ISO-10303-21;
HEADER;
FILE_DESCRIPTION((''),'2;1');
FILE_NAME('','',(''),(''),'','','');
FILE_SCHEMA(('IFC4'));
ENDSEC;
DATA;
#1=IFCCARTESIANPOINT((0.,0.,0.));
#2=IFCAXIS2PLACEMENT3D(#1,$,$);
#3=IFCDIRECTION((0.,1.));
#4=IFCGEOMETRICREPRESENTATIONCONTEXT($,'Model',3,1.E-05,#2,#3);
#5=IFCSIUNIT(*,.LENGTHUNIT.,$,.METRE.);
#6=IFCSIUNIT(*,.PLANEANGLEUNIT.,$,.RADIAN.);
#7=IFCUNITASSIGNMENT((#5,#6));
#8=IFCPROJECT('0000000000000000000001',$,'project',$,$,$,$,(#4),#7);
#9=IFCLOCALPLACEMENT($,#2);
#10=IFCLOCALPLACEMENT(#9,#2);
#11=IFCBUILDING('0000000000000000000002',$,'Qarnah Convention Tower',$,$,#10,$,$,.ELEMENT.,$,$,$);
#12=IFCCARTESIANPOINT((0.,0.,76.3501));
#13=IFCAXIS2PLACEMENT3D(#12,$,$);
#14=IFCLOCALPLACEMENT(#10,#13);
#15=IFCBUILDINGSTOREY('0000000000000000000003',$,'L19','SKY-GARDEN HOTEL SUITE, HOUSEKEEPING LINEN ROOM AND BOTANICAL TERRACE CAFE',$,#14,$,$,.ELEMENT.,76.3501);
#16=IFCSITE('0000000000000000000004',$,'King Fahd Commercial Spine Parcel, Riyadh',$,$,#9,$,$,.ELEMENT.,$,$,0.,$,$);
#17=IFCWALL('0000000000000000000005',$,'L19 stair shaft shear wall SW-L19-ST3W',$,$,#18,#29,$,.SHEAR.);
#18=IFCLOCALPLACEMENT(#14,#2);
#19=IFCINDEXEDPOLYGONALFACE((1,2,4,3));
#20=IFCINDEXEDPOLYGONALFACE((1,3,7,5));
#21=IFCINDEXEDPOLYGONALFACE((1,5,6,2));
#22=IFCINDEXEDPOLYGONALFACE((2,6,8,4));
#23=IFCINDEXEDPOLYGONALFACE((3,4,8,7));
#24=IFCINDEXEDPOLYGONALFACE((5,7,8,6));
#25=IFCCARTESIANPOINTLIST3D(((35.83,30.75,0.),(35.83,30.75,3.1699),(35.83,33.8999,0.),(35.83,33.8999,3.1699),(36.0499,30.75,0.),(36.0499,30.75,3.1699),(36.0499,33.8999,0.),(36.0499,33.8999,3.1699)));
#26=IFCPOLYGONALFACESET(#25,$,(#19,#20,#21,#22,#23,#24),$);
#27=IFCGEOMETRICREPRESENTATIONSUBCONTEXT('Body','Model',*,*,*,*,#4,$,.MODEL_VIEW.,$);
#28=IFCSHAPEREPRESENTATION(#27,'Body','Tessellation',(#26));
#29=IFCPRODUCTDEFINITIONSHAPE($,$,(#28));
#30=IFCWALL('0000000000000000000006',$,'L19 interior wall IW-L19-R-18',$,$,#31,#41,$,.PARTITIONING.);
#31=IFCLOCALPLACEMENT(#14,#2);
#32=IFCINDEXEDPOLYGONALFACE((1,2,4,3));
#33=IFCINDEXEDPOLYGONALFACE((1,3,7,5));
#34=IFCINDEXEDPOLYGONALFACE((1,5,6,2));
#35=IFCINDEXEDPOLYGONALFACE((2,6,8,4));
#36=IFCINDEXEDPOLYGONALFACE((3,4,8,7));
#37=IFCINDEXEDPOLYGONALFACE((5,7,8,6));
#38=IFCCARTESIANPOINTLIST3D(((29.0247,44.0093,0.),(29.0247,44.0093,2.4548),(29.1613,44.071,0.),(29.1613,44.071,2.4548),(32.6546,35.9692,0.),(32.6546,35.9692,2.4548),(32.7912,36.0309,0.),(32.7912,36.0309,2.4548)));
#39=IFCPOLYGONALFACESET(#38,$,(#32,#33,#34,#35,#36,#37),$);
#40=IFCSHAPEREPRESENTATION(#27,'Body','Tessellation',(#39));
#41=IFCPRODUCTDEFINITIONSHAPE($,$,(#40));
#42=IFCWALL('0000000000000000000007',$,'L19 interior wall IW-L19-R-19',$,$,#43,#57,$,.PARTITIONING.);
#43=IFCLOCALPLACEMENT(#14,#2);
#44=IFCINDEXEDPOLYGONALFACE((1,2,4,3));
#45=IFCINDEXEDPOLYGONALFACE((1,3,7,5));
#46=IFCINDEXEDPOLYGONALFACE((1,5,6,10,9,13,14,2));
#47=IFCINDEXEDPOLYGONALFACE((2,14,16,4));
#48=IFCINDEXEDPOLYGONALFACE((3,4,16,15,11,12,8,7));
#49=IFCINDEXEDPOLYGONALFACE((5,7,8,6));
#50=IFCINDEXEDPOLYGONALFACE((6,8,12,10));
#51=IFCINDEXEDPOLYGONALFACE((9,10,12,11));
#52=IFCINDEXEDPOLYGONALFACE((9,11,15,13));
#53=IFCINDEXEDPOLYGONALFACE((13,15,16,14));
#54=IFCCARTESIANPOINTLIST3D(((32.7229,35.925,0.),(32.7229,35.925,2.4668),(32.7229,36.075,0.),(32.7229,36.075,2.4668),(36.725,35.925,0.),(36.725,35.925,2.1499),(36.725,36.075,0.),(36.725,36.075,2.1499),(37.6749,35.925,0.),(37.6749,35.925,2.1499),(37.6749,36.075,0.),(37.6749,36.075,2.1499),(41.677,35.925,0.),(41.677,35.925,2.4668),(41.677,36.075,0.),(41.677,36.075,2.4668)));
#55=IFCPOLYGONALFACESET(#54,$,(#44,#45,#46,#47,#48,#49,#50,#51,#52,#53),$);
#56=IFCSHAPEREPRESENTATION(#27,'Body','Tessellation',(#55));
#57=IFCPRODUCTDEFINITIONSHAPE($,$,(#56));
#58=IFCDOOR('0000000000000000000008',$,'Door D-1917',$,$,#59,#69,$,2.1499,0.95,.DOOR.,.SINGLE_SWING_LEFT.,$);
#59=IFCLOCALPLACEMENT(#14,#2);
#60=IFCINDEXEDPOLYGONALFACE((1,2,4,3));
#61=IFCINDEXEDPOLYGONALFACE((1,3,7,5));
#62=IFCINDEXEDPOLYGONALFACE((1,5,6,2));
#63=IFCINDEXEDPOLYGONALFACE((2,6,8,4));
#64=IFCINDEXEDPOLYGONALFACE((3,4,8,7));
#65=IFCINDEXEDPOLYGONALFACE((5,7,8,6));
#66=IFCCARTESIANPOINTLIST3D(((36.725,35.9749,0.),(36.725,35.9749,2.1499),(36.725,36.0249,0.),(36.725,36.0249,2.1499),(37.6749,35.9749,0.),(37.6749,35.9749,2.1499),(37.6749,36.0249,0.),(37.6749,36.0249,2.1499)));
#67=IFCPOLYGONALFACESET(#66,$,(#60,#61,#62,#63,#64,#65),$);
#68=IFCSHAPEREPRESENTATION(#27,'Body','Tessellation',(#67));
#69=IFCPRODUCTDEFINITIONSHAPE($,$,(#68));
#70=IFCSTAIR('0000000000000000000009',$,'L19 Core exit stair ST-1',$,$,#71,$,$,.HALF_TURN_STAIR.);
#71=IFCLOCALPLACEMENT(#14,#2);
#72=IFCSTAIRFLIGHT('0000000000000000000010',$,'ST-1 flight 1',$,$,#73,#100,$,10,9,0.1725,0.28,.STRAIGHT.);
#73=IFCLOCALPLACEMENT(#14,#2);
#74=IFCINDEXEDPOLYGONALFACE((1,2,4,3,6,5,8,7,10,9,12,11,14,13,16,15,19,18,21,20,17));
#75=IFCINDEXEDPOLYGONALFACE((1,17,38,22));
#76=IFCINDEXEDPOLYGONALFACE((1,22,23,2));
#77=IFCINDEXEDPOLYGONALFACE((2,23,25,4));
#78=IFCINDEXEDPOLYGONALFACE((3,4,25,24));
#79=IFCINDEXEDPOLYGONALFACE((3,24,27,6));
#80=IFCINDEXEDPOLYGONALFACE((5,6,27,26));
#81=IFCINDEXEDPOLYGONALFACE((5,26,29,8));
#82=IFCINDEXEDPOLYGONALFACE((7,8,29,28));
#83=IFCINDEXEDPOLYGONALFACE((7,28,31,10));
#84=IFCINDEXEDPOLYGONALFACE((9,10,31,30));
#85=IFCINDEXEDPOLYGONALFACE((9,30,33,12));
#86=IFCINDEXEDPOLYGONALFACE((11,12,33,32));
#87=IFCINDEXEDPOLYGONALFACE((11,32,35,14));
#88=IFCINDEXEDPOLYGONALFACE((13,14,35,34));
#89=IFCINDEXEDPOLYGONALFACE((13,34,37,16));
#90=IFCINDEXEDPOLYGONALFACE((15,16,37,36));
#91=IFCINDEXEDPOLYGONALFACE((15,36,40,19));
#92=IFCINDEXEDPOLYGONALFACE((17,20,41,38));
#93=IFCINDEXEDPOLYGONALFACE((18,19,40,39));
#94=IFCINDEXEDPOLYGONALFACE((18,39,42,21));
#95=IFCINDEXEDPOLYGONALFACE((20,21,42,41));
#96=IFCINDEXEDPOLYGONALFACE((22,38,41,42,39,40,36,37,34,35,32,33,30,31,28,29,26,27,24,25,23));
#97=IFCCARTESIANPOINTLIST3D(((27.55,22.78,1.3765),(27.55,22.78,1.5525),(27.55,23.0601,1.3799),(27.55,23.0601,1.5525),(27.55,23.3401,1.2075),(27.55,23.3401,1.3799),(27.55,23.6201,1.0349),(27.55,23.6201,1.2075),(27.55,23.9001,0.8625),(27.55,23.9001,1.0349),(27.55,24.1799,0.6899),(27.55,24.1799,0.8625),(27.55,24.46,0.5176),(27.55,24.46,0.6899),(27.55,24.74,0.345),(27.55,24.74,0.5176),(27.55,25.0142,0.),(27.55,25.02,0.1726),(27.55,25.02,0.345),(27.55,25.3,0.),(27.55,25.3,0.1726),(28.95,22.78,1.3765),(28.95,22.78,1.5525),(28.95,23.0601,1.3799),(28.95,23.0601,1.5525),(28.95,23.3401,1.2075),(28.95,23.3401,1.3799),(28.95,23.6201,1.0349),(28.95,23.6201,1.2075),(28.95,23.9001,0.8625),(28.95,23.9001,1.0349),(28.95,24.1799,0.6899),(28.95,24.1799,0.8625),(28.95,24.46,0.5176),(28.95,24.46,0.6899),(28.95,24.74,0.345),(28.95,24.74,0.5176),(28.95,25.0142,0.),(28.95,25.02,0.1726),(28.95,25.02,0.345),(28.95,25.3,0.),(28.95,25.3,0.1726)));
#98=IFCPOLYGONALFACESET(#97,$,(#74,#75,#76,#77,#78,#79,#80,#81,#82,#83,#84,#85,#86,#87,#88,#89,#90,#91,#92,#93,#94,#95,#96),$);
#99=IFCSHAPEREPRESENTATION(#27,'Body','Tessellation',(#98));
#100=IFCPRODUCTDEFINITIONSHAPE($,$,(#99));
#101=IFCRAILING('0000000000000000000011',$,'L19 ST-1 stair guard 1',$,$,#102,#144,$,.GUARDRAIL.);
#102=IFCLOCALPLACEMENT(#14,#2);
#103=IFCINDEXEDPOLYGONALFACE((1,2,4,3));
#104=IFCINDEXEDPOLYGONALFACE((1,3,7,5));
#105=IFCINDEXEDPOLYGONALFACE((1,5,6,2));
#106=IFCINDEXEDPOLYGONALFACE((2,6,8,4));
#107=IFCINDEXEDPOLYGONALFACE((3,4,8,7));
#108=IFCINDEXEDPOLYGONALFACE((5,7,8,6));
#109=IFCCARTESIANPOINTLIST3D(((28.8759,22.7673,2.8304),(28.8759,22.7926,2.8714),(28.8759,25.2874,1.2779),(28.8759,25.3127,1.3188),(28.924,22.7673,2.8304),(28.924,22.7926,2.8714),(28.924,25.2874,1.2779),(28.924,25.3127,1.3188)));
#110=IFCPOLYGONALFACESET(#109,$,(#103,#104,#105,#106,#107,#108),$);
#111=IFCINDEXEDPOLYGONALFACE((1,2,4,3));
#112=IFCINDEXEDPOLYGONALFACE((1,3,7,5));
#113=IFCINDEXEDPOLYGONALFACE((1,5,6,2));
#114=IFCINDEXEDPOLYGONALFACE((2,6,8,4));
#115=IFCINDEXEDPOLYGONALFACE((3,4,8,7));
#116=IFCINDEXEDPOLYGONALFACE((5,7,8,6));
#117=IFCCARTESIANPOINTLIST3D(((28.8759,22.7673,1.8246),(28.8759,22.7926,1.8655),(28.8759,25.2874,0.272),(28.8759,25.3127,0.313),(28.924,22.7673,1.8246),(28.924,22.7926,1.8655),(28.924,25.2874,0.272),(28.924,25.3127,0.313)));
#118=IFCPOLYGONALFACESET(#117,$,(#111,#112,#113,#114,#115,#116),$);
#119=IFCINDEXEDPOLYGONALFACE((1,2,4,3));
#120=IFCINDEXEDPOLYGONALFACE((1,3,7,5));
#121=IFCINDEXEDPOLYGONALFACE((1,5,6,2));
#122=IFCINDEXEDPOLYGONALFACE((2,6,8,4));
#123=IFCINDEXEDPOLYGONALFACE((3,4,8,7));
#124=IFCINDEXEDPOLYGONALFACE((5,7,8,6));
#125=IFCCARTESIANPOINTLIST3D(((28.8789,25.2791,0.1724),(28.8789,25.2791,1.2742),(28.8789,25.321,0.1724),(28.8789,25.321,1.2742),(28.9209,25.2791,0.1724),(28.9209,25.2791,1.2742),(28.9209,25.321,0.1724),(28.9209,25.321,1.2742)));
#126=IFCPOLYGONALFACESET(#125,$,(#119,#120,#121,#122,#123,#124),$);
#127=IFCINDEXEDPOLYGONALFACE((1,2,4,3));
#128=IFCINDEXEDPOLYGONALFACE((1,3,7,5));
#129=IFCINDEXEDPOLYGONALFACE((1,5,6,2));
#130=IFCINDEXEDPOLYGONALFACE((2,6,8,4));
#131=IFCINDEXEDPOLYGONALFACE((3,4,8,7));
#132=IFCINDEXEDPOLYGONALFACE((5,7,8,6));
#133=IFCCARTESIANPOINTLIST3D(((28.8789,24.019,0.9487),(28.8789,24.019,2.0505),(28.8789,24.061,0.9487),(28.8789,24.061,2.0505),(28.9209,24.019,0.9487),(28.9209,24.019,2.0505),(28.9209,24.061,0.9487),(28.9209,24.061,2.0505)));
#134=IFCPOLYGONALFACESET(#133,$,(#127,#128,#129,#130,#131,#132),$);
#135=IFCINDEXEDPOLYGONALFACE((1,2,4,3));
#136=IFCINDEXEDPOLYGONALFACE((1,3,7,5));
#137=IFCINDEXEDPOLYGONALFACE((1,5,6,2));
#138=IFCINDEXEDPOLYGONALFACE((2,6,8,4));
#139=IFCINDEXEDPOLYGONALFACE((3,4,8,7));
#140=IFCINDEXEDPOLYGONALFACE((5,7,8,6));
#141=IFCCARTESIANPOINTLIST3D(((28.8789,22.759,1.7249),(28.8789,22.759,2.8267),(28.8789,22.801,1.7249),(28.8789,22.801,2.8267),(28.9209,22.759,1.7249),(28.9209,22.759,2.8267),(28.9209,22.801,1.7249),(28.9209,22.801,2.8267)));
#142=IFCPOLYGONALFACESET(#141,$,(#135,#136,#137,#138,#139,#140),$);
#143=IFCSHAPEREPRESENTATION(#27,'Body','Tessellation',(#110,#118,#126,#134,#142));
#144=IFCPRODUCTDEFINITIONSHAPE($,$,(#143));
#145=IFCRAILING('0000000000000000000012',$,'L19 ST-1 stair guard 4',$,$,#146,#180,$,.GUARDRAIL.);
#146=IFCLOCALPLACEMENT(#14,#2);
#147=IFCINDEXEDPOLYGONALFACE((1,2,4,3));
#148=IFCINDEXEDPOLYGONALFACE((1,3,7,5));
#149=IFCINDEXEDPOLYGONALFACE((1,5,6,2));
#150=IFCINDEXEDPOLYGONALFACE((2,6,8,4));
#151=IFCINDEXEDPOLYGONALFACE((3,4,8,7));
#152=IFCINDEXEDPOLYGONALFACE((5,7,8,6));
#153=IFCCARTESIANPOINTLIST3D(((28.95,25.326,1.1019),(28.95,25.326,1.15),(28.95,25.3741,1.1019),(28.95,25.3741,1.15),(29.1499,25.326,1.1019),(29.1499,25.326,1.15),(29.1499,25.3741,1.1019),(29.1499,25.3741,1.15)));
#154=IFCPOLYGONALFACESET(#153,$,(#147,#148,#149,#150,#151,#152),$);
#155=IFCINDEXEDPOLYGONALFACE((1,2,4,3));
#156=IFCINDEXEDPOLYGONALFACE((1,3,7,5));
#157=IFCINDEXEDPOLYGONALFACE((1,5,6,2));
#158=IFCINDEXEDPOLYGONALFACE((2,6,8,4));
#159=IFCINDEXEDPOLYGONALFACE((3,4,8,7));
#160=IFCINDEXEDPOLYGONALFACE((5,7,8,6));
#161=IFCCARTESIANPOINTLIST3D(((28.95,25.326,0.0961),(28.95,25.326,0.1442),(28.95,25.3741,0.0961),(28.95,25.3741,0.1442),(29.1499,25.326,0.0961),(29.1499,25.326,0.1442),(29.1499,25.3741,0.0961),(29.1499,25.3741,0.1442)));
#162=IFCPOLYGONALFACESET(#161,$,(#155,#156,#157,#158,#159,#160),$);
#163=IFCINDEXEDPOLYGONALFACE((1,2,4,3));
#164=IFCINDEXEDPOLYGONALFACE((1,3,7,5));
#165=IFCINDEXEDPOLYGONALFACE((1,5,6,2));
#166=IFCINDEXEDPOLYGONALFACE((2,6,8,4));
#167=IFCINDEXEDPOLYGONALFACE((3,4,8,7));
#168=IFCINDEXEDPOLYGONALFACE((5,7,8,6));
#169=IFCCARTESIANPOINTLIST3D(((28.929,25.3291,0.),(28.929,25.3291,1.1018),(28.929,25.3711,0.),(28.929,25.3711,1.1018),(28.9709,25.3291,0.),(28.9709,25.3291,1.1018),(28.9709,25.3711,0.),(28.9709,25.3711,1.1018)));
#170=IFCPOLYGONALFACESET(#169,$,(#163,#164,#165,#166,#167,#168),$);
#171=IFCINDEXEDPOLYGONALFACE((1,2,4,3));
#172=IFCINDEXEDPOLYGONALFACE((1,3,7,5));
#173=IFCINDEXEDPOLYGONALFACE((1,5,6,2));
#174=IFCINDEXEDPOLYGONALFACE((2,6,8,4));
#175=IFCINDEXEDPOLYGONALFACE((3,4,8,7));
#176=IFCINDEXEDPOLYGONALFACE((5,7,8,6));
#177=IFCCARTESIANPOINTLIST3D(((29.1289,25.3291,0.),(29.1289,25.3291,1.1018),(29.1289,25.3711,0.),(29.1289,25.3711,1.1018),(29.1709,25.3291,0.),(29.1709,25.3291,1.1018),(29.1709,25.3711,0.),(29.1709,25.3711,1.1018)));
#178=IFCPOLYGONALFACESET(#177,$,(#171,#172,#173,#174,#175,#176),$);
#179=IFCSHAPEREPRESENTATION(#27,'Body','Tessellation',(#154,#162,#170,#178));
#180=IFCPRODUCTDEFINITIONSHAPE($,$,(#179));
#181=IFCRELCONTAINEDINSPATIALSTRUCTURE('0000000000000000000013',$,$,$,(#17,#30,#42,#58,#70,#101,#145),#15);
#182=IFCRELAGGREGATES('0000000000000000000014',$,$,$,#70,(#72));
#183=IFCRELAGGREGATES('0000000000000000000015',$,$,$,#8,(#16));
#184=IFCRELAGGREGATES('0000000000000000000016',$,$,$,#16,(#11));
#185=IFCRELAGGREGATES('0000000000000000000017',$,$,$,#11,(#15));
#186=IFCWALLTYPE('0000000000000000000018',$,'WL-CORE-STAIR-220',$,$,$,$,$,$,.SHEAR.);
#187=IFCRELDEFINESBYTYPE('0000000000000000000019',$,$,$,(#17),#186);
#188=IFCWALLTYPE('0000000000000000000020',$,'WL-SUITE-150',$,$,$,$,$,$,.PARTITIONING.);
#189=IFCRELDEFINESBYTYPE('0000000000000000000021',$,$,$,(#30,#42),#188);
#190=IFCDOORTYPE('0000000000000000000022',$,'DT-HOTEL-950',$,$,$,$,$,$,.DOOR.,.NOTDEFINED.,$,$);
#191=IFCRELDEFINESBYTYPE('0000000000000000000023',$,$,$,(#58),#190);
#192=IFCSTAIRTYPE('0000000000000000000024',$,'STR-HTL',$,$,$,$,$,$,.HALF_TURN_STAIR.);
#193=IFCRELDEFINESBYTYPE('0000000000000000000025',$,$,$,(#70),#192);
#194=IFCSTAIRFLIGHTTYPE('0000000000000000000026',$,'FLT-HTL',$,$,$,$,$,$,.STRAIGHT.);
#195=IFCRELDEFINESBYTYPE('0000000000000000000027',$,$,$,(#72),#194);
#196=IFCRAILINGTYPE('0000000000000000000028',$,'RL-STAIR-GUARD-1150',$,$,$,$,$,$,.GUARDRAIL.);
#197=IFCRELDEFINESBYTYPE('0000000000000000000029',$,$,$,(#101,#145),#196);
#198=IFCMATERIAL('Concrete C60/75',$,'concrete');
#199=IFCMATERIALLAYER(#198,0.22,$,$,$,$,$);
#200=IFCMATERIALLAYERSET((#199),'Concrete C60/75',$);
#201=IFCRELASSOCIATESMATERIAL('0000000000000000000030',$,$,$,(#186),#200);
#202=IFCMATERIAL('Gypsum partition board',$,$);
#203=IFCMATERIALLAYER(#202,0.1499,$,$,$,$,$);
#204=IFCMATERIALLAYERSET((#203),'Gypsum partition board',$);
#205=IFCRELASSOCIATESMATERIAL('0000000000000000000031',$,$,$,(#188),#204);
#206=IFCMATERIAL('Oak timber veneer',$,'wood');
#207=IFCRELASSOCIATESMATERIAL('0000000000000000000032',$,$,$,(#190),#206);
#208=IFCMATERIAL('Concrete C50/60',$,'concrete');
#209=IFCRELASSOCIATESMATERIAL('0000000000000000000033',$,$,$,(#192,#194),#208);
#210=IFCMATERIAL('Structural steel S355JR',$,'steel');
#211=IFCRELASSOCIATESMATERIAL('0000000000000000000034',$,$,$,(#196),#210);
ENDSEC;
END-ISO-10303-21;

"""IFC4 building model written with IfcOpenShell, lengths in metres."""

from ifc_helpers import new_model, si_unit, direction, frame, frame_2d, origin, origin_2d, place, context, subcontext, project, spatial, polyline, rectangle, outline, extrude, material, layer, layer_set, type_object, element, fill, aggregate, save


model = new_model("IFC4")

# Units and contexts
model_context = context("Model", 3, precision=1e-05, world=origin(), true_north=direction((0.0, 1.0)))
body_context = subcontext(model_context, "Body", "Model", "MODEL_VIEW")
ifc_project = project(units=[si_unit("LENGTHUNIT", "METRE"), si_unit("PLANEANGLEUNIT", "RADIAN")], contexts=[model_context])

# Site, building, storey
site_placement = place(None, origin())
site = spatial("IfcSite", under=ifc_project, at=site_placement, Name="King Fahd Commercial Spine Parcel, Riyadh", CompositionType="ELEMENT", RefElevation=0.0)
building_placement = place(site_placement, origin())
building = spatial("IfcBuilding", under=site, at=building_placement, Name="Qarnah Convention Tower", CompositionType="ELEMENT")
storey_placement = place(building_placement, frame((0.0, 0.0, 76.3501)))
storey = spatial("IfcBuildingStorey", under=building, at=storey_placement, Name="L19", Description="SKY-GARDEN HOTEL SUITE, HOUSEKEEPING LINEN ROOM AND BOTANICAL TERRACE CAFE", CompositionType="ELEMENT", Elevation=76.3501)

# Shared definitions
ifc_material_1 = material(Name="Concrete C60/75", Category="concrete")

# Shared definitions
ifc_material_2 = material(Name="Structural steel S355JR", Category="steel")

# Walls
ifc_layer_1 = layer(ifc_material_1, 0.22)
ifc_layer_set_1 = layer_set([ifc_layer_1], Name="Concrete C60/75")
wall_type_1 = type_object("IfcWallType", Name="WL-CORE-STAIR-220", PredefinedType="SHEAR", material=ifc_layer_set_1)
wall_1_placement = place(storey_placement, frame((35.9399, 30.75, 0.0), z_axis=(0.0, 0.0, 1.0), x_axis=(0.0, 1.0, 0.0)))
element("IfcWall", 1, at=wall_1_placement, inside=storey, type_object=wall_type_1, Name="L19 stair shaft shear wall SW-L19-ST3W", PredefinedType="SHEAR", context=body_context, shape_type="SweptSolid", body=[
    extrude(rectangle(XDim=3.1499, YDim=0.22, at=frame_2d((1.575, 0.0))), origin(), (0.0, 0.0, 1.0), 3.1699),
])
ifc_material_3 = material(Name="Gypsum partition board")
ifc_layer_2 = layer(ifc_material_3, 0.1499)
ifc_layer_set_2 = layer_set([ifc_layer_2], Name="Gypsum partition board")
wall_type_2 = type_object("IfcWallType", Name="WL-SUITE-150", PredefinedType="PARTITIONING", material=ifc_layer_set_2)
wall_2_placement = place(storey_placement, frame((29.093, 44.04, 0.0), z_axis=(0.0, 0.0, 1.0), x_axis=(0.411483, -0.911417, 0.0)))
element("IfcWall", 2, at=wall_2_placement, inside=storey, type_object=wall_type_2, Name="L19 interior wall IW-L19-R-18", PredefinedType="PARTITIONING", context=body_context, shape_type="SweptSolid", body=[
    extrude(rectangle(XDim=8.8215, YDim=0.1499, at=frame_2d((4.4106, 0.0))), origin(), (0.0, 0.0, 1.0), 2.4548),
])

# Wall, opening, door
wall_3_placement = place(storey_placement, frame((32.7229, 36.0, 0.0), z_axis=(0.0, 0.0, 1.0), x_axis=(1.0, 0.0, 0.0)))
wall_3 = element("IfcWall", 3, at=wall_3_placement, inside=storey, type_object=wall_type_2, Name="L19 interior wall IW-L19-R-19", PredefinedType="PARTITIONING", context=body_context, shape_type="SweptSolid", body=[
    extrude(rectangle(XDim=8.9541, YDim=0.1499, at=frame_2d((4.4771, 0.0))), origin(), (0.0, 0.0, 1.0), 2.4668),
])
opening_1_placement = place(wall_3_placement, frame((4.002, 0.0, 0.0)))
opening_1 = element("IfcOpeningElement", 4, at=opening_1_placement, cuts=wall_3, PredefinedType="OPENING", context=body_context, shape_type="SweptSolid", body=[
    extrude(rectangle(XDim=0.95, YDim=2.1499, at=frame_2d((0.4751, 1.075))), frame((0.0, 0.085, 0.0), z_axis=(0.0, -1.0, 0.0), x_axis=(1.0, 0.0, 0.0)), (0.0, 0.0, 1.0), 0.1699),
])
ifc_material_4 = material(Name="Oak timber veneer", Category="wood")
door_type_1 = type_object("IfcDoorType", Name="DT-HOTEL-950", OperationType="NOTDEFINED", PredefinedType="DOOR", material=ifc_material_4)
door_1_placement = place(opening_1_placement, origin())
door_1 = element("IfcDoor", 5, at=door_1_placement, inside=storey, type_object=door_type_1, Name="Door D-1917", OperationType="SINGLE_SWING_LEFT", OverallHeight=2.1499, OverallWidth=0.95, PredefinedType="DOOR", context=body_context, shape_type="SweptSolid", body=[
    extrude(rectangle(XDim=0.95, YDim=2.1499, at=frame_2d((0.4751, 1.075))), frame((0.0, 0.0249, 0.0), z_axis=(0.0, -1.0, 0.0), x_axis=(1.0, 0.0, 0.0)), (0.0, 0.0, 1.0), 0.05),
])
fill(opening_1, door_1)

# Stair, stair flight
ifc_material_5 = material(Name="Concrete C50/60", Category="concrete")
stair_type = type_object("IfcStairType", Name="STR-HTL", PredefinedType="HALF_TURN_STAIR", material=ifc_material_5)
stair_placement = place(storey_placement, origin())
stair = element("IfcStair", 6, at=stair_placement, inside=storey, type_object=stair_type, Name="L19 Core exit stair ST-1", PredefinedType="HALF_TURN_STAIR")
stair_flight_type = type_object("IfcStairFlightType", Name="FLT-HTL", PredefinedType="STRAIGHT", material=ifc_material_5)
stair_flight_placement = place(storey_placement, frame((28.25, 25.3, 0.0), z_axis=(0.0, 0.0, 1.0), x_axis=(0.0, -1.0, 0.0)))
stair_flight = element("IfcStairFlight", 7, at=stair_flight_placement, type_object=stair_flight_type, Name="ST-1 flight 1", NumberOfRisers=10, NumberOfTreads=9, PredefinedType="STRAIGHT", RiserHeight=0.1725, TreadLength=0.28, context=body_context, shape_type="SweptSolid", body=[
    extrude(outline(polyline([(0.0, 0.0), (0.0, 0.1726), (0.28, 0.1726), (0.28, 0.345), (0.5601, 0.345), (0.5601, 0.5176), (0.8401, 0.5176), (0.8401, 0.6899), (1.1201, 0.6899), (1.1201, 0.8625), (1.3999, 0.8625), (1.3999, 1.0349), (1.6799, 1.0349), (1.6799, 1.2075), (1.96, 1.2075), (1.96, 1.3799), (2.24, 1.3799), (2.24, 1.5525), (2.52, 1.5525), (2.52, 1.7251), (2.52, 1.3765), (0.2859, 0.0), (0.0, 0.0)])), frame((0.0, 0.7, 0.0), z_axis=(0.0, -1.0, 0.0), x_axis=(1.0, 0.0, 0.0)), (0.0, 0.0, 1.0), 1.3999),
])
aggregate(stair, [stair_flight])

# Railings
railing_type_1 = type_object("IfcRailingType", Name="RL-STAIR-GUARD-1150", PredefinedType="GUARDRAIL", material=ifc_material_2)
railing_1_placement = place(storey_placement, frame((28.8999, 25.3, 0.1724)))
element("IfcRailing", 8, at=railing_1_placement, inside=storey, type_object=railing_type_1, Name="L19 ST-1 stair guard 1", PredefinedType="GUARDRAIL", context=body_context, shape_type="SweptSolid", body=[
    extrude(rectangle(XDim=0.0481, YDim=0.0481, at=origin_2d()), frame((0.0, 0.0, 1.126), z_axis=(0.0, -0.8514, 0.524516), x_axis=(1.0, 0.0, 0.0)), (0.0, 0.0, 1.0), 2.96),
    extrude(rectangle(XDim=0.0481, YDim=0.0481, at=origin_2d()), frame((0.0, 0.0, 0.1201), z_axis=(0.0, -0.8514, 0.524516), x_axis=(1.0, 0.0, 0.0)), (0.0, 0.0, 1.0), 2.96),
    extrude(rectangle(XDim=0.042, YDim=0.042, at=origin_2d()), origin(), (0.0, 0.0, 1.0), 1.1018),
    extrude(rectangle(XDim=0.042, YDim=0.042, at=origin_2d()), frame((0.0, -1.26, 0.7764)), (0.0, 0.0, 1.0), 1.1018),
    extrude(rectangle(XDim=0.042, YDim=0.042, at=origin_2d()), frame((0.0, -2.52, 1.5525)), (0.0, 0.0, 1.0), 1.1018),
])
railing_2_placement = place(storey_placement, frame((28.95, 25.3501, 0.0)))
element("IfcRailing", 9, at=railing_2_placement, inside=storey, type_object=railing_type_1, Name="L19 ST-1 stair guard 4", PredefinedType="GUARDRAIL", context=body_context, shape_type="SweptSolid", body=[
    extrude(rectangle(XDim=0.0481, YDim=0.0481, at=origin_2d()), frame((0.0, 0.0, 1.126), z_axis=(1.0, 0.0, 0.0), x_axis=(0.0, 1.0, 0.0)), (0.0, 0.0, 1.0), 0.2),
    extrude(rectangle(XDim=0.0481, YDim=0.0481, at=origin_2d()), frame((0.0, 0.0, 0.1201), z_axis=(1.0, 0.0, 0.0), x_axis=(0.0, 1.0, 0.0)), (0.0, 0.0, 1.0), 0.2),
    extrude(rectangle(XDim=0.042, YDim=0.042, at=origin_2d()), origin(), (0.0, 0.0, 1.0), 1.1018),
    extrude(rectangle(XDim=0.042, YDim=0.042, at=origin_2d()), frame((0.2, 0.0, 0.0)), (0.0, 0.0, 1.0), 1.1018),
])

save(model, "model.ifc")
